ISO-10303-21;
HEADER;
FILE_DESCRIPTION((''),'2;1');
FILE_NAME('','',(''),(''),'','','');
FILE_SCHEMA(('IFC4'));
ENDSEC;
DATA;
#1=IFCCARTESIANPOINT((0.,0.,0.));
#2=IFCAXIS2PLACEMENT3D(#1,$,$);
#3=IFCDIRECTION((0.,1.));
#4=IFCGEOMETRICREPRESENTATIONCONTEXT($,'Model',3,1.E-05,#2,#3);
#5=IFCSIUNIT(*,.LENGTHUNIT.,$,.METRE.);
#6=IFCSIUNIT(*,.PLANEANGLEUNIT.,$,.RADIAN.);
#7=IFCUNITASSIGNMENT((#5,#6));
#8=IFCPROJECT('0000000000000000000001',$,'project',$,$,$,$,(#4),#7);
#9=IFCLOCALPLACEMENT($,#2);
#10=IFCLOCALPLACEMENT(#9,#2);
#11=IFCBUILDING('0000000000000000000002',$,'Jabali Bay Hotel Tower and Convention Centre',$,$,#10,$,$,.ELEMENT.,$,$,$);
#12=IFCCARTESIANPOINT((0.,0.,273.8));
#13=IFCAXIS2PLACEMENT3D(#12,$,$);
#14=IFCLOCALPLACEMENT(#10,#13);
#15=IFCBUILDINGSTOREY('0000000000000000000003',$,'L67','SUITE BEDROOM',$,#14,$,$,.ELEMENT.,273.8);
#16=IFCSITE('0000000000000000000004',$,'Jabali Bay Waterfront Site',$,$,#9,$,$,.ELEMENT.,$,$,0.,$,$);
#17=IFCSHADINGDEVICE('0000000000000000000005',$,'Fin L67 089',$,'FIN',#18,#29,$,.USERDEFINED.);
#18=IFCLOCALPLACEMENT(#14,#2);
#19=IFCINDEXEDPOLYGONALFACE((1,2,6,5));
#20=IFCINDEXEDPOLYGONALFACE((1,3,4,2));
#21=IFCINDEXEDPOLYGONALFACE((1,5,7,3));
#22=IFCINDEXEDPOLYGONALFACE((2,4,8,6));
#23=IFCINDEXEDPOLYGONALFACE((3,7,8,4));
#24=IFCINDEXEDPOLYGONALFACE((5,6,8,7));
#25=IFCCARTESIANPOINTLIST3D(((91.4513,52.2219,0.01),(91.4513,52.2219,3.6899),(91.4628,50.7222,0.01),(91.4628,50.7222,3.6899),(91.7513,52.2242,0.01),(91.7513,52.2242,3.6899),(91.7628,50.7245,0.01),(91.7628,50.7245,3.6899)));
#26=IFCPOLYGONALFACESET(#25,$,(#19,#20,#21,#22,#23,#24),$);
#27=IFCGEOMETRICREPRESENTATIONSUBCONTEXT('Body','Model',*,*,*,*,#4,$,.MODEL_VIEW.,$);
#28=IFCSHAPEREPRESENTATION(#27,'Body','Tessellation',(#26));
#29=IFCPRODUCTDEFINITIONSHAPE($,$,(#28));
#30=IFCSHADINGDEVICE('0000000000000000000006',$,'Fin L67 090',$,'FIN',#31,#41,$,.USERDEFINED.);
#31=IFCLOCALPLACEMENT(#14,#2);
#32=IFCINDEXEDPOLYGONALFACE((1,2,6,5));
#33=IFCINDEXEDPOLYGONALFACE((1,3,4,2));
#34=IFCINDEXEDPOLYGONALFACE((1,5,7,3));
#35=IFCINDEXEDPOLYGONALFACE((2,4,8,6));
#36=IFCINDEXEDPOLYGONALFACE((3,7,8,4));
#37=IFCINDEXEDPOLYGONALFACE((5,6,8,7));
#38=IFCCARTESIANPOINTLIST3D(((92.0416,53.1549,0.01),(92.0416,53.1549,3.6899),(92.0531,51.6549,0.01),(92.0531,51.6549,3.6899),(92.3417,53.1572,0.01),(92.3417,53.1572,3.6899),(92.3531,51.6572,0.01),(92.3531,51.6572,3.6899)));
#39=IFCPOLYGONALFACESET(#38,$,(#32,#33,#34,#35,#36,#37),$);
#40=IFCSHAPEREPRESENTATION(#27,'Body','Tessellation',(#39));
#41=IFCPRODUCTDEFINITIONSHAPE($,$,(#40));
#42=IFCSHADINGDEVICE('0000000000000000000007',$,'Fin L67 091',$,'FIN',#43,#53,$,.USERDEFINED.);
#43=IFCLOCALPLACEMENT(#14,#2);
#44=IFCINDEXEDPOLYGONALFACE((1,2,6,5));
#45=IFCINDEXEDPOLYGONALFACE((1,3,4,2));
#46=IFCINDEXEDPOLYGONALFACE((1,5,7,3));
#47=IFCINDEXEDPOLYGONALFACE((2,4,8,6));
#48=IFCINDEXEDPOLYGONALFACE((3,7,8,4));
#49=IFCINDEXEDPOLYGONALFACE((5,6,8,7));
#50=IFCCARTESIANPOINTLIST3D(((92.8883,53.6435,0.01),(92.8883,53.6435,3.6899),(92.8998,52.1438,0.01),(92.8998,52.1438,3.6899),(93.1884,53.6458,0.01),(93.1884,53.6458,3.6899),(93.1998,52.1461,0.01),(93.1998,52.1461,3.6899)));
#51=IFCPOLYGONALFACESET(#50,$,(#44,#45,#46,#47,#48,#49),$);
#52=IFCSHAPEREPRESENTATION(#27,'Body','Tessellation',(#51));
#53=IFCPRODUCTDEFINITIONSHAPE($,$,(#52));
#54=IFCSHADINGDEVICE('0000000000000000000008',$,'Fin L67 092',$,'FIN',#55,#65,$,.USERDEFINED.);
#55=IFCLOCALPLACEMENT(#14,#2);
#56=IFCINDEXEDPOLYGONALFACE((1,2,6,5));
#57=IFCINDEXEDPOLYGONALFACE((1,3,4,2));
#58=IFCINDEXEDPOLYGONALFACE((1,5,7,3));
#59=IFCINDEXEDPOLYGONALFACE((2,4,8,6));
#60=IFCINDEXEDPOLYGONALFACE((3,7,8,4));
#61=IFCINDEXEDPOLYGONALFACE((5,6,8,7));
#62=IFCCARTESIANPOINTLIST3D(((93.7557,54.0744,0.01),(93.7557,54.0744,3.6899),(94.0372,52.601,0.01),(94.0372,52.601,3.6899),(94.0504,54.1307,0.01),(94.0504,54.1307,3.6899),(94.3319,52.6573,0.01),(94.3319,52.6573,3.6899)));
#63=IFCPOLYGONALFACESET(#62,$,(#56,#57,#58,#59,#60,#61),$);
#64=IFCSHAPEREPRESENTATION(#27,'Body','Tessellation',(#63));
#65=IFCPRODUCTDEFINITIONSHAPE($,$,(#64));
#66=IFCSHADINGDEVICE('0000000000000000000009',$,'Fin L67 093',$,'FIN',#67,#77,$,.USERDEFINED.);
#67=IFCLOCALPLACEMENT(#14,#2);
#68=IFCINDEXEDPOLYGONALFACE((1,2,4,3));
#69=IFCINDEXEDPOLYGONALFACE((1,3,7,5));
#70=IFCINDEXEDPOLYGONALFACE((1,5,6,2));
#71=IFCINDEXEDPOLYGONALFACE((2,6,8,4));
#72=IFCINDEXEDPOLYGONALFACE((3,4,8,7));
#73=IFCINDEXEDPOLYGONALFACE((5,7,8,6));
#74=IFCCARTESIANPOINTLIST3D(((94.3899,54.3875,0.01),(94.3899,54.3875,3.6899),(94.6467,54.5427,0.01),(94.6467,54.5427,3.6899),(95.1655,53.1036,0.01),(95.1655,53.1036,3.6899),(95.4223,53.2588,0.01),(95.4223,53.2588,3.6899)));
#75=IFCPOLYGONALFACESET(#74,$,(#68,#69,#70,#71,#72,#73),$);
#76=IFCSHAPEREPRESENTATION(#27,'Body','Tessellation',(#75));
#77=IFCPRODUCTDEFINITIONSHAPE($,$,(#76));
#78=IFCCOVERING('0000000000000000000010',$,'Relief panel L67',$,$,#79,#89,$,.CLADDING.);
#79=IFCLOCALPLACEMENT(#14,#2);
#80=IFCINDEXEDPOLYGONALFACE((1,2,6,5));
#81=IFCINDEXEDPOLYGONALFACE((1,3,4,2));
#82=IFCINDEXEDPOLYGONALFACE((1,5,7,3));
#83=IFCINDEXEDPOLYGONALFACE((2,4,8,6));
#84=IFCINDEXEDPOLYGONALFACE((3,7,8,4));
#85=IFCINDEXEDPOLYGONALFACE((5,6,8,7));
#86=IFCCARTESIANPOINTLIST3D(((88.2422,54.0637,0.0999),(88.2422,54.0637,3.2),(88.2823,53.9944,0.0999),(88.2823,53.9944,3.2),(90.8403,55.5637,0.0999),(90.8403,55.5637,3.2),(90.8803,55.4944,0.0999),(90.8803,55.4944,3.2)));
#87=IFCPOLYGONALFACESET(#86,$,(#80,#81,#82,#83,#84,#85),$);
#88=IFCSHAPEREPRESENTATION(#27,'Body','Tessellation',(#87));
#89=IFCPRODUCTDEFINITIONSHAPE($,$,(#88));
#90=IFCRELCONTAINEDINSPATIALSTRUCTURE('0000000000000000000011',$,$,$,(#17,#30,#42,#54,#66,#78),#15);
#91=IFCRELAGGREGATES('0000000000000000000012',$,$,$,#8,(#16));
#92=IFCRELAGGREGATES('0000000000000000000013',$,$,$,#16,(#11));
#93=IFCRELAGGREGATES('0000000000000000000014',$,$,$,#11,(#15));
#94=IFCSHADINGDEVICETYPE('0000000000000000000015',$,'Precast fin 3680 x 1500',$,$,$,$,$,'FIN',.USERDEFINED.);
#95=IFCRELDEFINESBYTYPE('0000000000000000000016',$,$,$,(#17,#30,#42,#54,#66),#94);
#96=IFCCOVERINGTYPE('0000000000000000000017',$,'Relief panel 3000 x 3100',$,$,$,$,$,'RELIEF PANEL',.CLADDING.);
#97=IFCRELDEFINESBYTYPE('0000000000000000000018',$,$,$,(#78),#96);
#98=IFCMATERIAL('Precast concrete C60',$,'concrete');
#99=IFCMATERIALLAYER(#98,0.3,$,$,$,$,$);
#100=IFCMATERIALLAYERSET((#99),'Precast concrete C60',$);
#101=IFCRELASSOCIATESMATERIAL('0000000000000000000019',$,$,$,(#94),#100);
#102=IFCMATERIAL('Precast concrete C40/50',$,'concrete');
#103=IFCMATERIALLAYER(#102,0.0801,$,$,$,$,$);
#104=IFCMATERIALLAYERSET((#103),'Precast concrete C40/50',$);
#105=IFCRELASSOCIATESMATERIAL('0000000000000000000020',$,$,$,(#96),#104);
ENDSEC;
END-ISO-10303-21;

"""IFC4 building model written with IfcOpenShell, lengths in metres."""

from ifc_helpers import new_model, si_unit, direction, frame, frame_2d, origin, origin_2d, place, context, subcontext, project, spatial, rectangle, extrude, material, layer, layer_set, type_object, element, save


model = new_model("IFC4")

# Units and contexts
model_context = context("Model", 3, precision=1e-05, world=origin(), true_north=direction((0.0, 1.0)))
body_context = subcontext(model_context, "Body", "Model", "MODEL_VIEW")
ifc_project = project(units=[si_unit("LENGTHUNIT", "METRE"), si_unit("PLANEANGLEUNIT", "RADIAN")], contexts=[model_context])

# Site, building, storey
site_placement = place(None, origin())
site = spatial("IfcSite", under=ifc_project, at=site_placement, Name="Jabali Bay Waterfront Site", CompositionType="ELEMENT", RefElevation=0.0)
building_placement = place(site_placement, origin())
building = spatial("IfcBuilding", under=site, at=building_placement, Name="Jabali Bay Hotel Tower and Convention Centre", CompositionType="ELEMENT")
storey_placement = place(building_placement, frame((0.0, 0.0, 273.8)))
storey = spatial("IfcBuildingStorey", under=building, at=storey_placement, Name="L67", Description="SUITE BEDROOM", CompositionType="ELEMENT", Elevation=273.8)

# Shading devices
ifc_material_1 = material(Name="Precast concrete C60", Category="concrete")
ifc_layer_1 = layer(ifc_material_1, 0.3)
ifc_layer_set_1 = layer_set([ifc_layer_1], Name="Precast concrete C60")
shading_device_type_1 = type_object("IfcShadingDeviceType", Name="Precast fin 3680 x 1500", ElementType="FIN", PredefinedType="USERDEFINED", material=ifc_layer_set_1)
shading_device_1_placement = place(storey_placement, frame((91.6013, 52.2231, 0.01), z_axis=(0.0, 0.0, 1.0), x_axis=(0.007651, -0.999971, 0.0)))
element("IfcShadingDevice", 1, at=shading_device_1_placement, inside=storey, type_object=shading_device_type_1, Name="Fin L67 089", ObjectType="FIN", PredefinedType="USERDEFINED", context=body_context, shape_type="SweptSolid", body=[
    extrude(rectangle(XDim=1.4998, YDim=0.3, at=frame_2d((0.75, 0.0))), origin(), (0.0, 0.0, 1.0), 3.6799),
])
shading_device_2_placement = place(storey_placement, frame((92.1917, 53.156, 0.01), z_axis=(0.0, 0.0, 1.0), x_axis=(0.00765, -0.999971, 0.0)))
element("IfcShadingDevice", 2, at=shading_device_2_placement, inside=storey, type_object=shading_device_type_1, Name="Fin L67 090", ObjectType="FIN", PredefinedType="USERDEFINED", context=body_context, shape_type="SweptSolid", body=[
    extrude(rectangle(XDim=1.5, YDim=0.3, at=frame_2d((0.75, 0.0))), origin(), (0.0, 0.0, 1.0), 3.6799),
])
shading_device_3_placement = place(storey_placement, frame((93.0383, 53.6448, 0.01), z_axis=(0.0, 0.0, 1.0), x_axis=(0.007651, -0.999971, 0.0)))
element("IfcShadingDevice", 3, at=shading_device_3_placement, inside=storey, type_object=shading_device_type_1, Name="Fin L67 091", ObjectType="FIN", PredefinedType="USERDEFINED", context=body_context, shape_type="SweptSolid", body=[
    extrude(rectangle(XDim=1.4998, YDim=0.3, at=frame_2d((0.75, 0.0))), origin(), (0.0, 0.0, 1.0), 3.6799),
])
for number, where, z_axis, x_axis, name in (
    (4, (93.9031, 54.1025, 0.01), (0.0, 0.0, 1.0), (0.187658, -0.982234, 0.0), "Fin L67 092"),
    (5, (94.5183, 54.4651, 0.01), (0.0, 0.0, 1.0), (0.517078, -0.855938, 0.0), "Fin L67 093"),
):
    element("IfcShadingDevice", number, at=place(storey_placement, frame(where, z_axis=z_axis, x_axis=x_axis)), inside=storey, type_object=shading_device_type_1, Name=name, ObjectType="FIN", PredefinedType="USERDEFINED", context=body_context, shape_type="SweptSolid", body=[
        extrude(rectangle(XDim=1.5, YDim=0.3, at=frame_2d((0.75, 0.0))), origin(), (0.0, 0.0, 1.0), 3.6799),
    ])

# Covering
ifc_material_2 = material(Name="Precast concrete C40/50", Category="concrete")
ifc_layer_2 = layer(ifc_material_2, 0.0801)
ifc_layer_set_2 = layer_set([ifc_layer_2], Name="Precast concrete C40/50")
covering_type = type_object("IfcCoveringType", Name="Relief panel 3000 x 3100", ElementType="RELIEF PANEL", PredefinedType="CLADDING", material=ifc_layer_set_2)
covering_placement = place(storey_placement, frame((89.5613, 54.7791, 0.0999), z_axis=(0.0, 0.0, 1.0), x_axis=(-0.866025, -0.5, 0.0)))
element("IfcCovering", 6, at=covering_placement, inside=storey, type_object=covering_type, Name="Relief panel L67", PredefinedType="CLADDING", context=body_context, shape_type="SweptSolid", body=[
    extrude(rectangle(XDim=3.0, YDim=0.0801, at=origin_2d()), origin(), (0.0, 0.0, 1.0), 3.1001),
])

save(model, "model.ifc")
